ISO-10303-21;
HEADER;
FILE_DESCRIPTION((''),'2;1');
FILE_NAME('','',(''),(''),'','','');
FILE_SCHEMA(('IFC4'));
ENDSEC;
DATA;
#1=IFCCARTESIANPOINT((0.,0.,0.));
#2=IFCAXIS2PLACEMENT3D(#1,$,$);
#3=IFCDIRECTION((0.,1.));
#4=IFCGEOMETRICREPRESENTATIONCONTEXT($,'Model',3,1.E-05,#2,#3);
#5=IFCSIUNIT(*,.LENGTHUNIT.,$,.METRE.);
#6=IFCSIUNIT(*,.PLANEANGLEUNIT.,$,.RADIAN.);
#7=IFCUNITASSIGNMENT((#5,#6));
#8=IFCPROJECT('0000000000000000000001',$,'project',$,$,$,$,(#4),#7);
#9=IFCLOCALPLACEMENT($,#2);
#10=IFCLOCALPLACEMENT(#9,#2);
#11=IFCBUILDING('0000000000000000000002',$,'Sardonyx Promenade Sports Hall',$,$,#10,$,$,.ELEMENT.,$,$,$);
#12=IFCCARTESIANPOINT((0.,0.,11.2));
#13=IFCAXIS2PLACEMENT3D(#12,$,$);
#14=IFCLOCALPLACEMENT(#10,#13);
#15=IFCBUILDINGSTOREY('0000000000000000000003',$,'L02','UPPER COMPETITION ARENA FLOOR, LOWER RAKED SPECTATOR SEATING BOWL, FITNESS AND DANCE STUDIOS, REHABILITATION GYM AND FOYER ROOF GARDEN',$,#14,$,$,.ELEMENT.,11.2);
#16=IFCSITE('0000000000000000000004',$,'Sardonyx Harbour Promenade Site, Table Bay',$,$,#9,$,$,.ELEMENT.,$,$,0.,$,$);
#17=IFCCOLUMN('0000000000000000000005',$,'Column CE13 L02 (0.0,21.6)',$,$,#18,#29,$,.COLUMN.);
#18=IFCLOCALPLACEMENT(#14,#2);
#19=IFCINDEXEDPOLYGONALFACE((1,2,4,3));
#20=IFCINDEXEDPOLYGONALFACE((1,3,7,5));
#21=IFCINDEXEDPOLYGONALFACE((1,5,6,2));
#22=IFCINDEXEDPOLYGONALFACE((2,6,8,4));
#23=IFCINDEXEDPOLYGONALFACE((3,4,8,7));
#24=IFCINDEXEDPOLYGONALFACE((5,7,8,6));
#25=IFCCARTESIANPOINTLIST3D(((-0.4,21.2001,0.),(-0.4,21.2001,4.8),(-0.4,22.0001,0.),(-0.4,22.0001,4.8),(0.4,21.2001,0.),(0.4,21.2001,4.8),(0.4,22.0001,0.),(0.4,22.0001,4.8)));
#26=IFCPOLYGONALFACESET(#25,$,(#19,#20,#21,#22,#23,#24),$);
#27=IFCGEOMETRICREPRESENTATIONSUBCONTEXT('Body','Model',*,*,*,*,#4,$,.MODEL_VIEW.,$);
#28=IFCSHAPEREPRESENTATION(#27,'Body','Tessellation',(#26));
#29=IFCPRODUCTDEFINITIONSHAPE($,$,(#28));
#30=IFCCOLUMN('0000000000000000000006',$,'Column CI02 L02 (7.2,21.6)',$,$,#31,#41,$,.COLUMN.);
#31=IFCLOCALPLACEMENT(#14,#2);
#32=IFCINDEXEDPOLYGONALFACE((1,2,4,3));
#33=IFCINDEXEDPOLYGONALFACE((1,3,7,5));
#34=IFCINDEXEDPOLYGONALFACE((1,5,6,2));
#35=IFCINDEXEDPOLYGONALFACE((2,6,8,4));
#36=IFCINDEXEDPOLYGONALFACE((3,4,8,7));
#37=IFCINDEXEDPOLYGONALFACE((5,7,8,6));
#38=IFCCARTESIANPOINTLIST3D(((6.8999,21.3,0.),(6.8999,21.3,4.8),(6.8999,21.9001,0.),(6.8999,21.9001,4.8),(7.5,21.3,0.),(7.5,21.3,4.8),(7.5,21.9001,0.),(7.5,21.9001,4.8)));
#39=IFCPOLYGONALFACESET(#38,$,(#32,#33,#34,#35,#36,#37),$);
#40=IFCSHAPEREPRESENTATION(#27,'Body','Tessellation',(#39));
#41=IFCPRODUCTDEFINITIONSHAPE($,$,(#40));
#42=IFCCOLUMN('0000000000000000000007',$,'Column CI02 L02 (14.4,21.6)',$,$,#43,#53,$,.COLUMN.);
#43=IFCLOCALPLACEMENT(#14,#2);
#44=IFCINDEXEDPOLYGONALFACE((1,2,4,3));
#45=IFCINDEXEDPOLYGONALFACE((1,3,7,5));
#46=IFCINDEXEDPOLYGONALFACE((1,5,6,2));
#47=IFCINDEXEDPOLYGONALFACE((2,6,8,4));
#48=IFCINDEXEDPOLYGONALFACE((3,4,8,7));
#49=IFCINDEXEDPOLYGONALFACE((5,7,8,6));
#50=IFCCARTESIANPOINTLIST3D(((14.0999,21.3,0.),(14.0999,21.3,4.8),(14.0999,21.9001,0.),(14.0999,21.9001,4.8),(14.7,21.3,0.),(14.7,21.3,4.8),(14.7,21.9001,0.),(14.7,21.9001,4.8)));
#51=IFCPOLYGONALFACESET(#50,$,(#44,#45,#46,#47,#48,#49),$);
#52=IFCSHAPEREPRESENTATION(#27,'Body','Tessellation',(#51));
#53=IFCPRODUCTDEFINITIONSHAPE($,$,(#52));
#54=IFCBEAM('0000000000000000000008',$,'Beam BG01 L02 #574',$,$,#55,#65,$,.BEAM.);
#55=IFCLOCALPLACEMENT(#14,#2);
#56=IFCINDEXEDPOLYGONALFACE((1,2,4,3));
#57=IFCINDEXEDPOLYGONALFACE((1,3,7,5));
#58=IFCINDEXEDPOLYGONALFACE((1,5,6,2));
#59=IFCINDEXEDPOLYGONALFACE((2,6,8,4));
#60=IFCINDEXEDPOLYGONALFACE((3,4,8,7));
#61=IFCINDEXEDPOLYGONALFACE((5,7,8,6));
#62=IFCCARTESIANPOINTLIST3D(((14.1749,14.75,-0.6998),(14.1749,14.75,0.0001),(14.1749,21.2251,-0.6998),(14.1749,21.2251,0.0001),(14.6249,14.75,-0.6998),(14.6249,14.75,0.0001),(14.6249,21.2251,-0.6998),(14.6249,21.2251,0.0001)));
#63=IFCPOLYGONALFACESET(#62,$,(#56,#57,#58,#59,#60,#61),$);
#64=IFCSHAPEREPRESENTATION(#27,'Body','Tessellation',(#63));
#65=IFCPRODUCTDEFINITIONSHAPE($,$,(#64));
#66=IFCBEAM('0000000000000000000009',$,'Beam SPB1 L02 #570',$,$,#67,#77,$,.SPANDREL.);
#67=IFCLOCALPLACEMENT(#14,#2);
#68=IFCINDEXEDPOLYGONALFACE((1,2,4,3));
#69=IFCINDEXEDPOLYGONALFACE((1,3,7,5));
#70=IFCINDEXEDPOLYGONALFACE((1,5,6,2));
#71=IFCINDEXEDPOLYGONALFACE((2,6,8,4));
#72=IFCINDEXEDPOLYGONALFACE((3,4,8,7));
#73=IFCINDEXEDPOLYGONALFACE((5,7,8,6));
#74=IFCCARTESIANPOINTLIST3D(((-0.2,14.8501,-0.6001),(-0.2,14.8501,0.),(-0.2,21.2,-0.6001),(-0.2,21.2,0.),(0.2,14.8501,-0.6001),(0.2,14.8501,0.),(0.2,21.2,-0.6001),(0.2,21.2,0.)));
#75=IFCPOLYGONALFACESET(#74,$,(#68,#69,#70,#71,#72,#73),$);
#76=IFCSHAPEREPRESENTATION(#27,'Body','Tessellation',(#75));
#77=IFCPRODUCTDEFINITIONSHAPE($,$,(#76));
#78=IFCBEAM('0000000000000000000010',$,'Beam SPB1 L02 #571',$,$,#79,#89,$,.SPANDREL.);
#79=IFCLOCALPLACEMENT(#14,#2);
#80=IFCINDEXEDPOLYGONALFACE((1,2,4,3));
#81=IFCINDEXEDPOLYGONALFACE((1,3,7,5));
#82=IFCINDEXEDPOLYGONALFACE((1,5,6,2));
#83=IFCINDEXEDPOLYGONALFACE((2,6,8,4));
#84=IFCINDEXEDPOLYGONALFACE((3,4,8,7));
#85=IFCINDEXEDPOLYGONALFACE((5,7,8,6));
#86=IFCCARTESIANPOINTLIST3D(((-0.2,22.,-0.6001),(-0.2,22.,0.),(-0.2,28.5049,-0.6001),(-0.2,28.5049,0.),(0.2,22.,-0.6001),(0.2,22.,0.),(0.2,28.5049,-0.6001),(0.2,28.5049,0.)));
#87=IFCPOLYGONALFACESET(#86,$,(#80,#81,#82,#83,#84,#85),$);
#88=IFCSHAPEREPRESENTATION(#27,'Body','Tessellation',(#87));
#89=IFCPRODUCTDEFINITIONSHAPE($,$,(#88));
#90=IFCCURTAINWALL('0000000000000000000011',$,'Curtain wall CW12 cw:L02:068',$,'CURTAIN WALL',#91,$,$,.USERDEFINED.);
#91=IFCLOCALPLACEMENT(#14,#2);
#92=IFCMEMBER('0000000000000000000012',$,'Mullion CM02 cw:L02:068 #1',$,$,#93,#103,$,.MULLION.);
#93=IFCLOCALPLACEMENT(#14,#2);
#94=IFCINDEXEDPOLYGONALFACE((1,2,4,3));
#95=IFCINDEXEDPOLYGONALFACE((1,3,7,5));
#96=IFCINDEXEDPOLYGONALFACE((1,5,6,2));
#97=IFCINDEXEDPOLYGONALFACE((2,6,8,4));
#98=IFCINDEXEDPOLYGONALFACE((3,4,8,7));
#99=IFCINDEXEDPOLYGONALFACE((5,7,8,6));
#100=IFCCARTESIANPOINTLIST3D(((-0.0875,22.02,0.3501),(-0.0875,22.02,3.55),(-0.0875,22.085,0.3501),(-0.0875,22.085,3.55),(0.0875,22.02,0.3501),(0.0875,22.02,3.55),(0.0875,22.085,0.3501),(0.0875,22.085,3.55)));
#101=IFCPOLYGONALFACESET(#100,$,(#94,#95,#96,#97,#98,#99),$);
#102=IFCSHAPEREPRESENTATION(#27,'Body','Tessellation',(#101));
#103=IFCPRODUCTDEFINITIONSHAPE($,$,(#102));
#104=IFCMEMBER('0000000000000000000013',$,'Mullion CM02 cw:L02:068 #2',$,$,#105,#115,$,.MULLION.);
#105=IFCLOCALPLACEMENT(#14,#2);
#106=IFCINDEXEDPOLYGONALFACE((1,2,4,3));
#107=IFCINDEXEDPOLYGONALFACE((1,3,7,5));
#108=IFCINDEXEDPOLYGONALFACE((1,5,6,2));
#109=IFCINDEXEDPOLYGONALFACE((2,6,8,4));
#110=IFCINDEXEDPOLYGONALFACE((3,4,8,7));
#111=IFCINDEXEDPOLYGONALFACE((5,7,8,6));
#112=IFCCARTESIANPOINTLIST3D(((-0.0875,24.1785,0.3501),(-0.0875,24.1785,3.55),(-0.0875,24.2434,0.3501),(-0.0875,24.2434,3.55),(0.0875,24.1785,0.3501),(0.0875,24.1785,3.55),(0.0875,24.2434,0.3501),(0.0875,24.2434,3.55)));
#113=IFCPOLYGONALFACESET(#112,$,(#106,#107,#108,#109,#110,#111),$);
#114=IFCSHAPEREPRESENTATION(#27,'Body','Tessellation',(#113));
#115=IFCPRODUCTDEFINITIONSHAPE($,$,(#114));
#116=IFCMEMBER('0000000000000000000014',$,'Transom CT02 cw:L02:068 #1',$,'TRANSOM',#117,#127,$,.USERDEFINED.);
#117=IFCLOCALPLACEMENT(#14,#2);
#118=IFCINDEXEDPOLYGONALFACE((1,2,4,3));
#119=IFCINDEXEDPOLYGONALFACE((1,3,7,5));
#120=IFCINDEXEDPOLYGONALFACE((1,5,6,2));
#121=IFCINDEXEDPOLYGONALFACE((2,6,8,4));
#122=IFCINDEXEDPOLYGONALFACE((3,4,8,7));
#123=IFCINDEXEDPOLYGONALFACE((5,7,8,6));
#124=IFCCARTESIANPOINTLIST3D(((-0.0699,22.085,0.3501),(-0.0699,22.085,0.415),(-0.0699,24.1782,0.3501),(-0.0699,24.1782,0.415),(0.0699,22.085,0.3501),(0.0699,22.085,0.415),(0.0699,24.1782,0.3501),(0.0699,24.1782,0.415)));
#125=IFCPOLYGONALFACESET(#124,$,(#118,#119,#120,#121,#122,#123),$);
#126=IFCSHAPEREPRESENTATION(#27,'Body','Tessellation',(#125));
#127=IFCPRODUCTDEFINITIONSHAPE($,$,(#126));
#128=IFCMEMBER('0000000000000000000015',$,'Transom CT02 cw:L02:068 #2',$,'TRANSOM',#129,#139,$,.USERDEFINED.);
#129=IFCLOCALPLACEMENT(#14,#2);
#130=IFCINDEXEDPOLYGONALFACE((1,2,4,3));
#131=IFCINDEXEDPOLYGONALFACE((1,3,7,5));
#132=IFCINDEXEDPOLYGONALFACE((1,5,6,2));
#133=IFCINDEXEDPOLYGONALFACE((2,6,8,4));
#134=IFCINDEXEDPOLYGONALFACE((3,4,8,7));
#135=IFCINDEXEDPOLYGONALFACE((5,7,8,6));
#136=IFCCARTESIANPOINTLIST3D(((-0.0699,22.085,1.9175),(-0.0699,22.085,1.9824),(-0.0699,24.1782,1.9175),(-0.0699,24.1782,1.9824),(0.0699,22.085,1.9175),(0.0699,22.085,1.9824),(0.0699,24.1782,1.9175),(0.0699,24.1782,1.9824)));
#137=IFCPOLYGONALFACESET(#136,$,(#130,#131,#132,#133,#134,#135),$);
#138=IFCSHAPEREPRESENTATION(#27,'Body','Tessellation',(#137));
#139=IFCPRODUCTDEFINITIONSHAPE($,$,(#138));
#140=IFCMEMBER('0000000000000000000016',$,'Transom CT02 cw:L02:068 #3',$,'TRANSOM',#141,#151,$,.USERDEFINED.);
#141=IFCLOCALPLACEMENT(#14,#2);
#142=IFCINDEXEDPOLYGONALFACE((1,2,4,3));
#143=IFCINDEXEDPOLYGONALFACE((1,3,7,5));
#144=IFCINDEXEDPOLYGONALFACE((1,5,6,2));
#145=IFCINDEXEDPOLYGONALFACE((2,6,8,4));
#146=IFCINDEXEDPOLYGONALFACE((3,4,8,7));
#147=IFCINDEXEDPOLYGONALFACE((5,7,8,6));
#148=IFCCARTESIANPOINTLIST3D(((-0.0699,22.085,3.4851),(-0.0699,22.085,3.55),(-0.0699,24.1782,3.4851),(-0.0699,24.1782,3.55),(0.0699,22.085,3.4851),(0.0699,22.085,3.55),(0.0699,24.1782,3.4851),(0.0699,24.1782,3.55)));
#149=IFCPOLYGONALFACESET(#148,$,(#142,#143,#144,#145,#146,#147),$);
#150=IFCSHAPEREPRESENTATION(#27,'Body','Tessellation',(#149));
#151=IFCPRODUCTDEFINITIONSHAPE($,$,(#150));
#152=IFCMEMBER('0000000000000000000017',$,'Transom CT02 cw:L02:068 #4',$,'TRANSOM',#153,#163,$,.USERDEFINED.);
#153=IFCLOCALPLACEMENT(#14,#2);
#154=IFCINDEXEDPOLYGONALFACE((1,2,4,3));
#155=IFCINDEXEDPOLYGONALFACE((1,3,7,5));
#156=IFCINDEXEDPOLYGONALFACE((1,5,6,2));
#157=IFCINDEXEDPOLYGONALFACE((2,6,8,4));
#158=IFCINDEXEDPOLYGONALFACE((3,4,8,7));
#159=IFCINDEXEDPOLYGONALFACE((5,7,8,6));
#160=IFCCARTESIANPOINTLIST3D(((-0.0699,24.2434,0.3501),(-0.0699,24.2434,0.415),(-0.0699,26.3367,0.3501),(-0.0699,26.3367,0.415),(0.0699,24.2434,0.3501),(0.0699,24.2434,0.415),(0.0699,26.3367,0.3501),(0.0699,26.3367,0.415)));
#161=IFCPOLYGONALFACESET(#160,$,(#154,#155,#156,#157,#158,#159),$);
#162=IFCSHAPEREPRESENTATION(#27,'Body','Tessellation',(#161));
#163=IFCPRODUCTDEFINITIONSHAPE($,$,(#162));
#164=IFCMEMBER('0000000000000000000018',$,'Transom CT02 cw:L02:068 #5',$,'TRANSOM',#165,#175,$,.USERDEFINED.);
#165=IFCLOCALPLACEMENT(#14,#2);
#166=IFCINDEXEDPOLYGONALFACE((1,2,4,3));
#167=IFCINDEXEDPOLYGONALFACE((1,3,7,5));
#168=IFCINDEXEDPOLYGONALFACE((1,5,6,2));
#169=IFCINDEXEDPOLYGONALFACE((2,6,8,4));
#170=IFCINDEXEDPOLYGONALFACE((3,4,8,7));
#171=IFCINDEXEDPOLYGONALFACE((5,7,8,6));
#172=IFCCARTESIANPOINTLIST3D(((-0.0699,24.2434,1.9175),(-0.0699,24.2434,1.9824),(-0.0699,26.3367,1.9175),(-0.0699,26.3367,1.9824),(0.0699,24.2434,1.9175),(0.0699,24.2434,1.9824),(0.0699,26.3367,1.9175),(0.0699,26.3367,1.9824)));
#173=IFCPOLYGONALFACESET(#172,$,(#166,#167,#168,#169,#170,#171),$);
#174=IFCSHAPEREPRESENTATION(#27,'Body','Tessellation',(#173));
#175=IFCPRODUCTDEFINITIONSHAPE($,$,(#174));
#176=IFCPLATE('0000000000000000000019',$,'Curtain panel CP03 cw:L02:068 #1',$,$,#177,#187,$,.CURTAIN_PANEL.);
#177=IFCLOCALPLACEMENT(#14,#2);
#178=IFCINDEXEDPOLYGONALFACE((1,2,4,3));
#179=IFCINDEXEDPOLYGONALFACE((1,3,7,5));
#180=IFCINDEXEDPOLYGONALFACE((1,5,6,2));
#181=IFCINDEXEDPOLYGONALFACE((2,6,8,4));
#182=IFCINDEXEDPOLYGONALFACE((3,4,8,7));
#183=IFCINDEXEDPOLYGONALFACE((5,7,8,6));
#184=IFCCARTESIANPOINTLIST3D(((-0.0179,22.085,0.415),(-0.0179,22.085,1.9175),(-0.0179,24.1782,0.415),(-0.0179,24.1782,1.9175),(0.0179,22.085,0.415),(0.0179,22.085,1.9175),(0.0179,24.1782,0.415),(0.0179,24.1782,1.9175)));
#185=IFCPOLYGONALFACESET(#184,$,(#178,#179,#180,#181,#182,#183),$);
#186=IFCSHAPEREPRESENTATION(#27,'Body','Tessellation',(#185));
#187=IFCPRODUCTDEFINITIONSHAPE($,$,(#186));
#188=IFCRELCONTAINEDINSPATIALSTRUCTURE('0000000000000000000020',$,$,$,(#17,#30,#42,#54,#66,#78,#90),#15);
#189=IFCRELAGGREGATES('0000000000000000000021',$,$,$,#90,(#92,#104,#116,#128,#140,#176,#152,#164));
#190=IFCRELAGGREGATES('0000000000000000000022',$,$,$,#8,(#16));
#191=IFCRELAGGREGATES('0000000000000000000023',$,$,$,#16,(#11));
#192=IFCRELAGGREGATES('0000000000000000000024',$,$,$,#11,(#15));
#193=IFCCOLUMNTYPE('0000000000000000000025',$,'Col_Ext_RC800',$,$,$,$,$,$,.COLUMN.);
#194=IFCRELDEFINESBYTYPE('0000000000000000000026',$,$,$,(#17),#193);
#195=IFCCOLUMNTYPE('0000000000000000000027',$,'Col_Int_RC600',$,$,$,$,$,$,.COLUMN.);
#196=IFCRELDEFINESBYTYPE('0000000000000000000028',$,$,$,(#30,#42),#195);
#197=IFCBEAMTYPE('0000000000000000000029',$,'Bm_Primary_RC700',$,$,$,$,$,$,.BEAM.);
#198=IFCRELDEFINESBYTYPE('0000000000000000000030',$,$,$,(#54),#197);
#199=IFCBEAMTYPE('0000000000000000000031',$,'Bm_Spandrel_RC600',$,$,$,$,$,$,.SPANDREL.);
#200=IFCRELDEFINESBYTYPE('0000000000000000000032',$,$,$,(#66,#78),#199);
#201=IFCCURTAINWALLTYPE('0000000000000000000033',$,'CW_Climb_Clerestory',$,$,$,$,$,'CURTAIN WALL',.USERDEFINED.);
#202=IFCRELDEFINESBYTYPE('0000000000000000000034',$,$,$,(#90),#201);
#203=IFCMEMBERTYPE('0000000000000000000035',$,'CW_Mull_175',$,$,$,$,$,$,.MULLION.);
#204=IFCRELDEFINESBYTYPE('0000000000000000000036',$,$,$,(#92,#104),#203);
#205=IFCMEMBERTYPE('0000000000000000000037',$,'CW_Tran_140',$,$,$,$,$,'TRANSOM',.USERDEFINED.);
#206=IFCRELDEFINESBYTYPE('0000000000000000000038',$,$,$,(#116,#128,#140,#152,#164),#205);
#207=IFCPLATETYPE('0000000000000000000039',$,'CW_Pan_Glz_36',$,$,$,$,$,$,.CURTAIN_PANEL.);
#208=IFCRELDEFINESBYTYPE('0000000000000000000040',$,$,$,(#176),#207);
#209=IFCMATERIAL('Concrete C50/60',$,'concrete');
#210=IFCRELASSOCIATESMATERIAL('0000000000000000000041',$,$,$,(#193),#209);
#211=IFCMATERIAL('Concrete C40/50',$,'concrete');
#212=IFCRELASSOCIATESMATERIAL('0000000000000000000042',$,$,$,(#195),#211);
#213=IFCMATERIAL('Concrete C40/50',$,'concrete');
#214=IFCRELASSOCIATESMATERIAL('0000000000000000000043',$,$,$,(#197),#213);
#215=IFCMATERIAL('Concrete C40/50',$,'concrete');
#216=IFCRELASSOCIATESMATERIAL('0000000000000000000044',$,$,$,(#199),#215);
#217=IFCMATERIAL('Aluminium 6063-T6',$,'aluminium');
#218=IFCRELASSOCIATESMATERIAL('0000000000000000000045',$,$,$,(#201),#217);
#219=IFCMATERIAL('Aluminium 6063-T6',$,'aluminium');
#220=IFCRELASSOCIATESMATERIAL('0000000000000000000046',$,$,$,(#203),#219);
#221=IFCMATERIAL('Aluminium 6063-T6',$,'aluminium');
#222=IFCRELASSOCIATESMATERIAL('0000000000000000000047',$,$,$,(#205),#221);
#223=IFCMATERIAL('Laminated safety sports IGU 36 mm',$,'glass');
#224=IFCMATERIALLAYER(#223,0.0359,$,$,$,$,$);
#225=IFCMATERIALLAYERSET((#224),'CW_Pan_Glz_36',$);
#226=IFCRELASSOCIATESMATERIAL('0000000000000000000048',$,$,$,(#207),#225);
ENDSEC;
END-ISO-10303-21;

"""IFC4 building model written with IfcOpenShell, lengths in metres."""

from ifc_helpers import new_model, si_unit, direction, frame, origin, origin_2d, place, context, subcontext, project, spatial, rectangle, extrude, material, layer, layer_set, material_profile, profile_set, type_object, element, aggregate, save


model = new_model("IFC4")

# Units and contexts
model_context = context("Model", 3, precision=1e-05, world=origin(), true_north=direction((0.0, 1.0)))
body_context = subcontext(model_context, "Body", "Model", "MODEL_VIEW")
ifc_project = project(units=[si_unit("LENGTHUNIT", "METRE"), si_unit("PLANEANGLEUNIT", "RADIAN")], contexts=[model_context])

# Site, building, storey
site_placement = place(None, origin())
site = spatial("IfcSite", under=ifc_project, at=site_placement, Name="Sardonyx Harbour Promenade Site, Table Bay", CompositionType="ELEMENT", RefElevation=0.0)
building_placement = place(site_placement, origin())
building = spatial("IfcBuilding", under=site, at=building_placement, Name="Sardonyx Promenade Sports Hall", CompositionType="ELEMENT")
storey_placement = place(building_placement, frame((0.0, 0.0, 11.2)))
storey = spatial("IfcBuildingStorey", under=building, at=storey_placement, Name="L02", Description="UPPER COMPETITION ARENA FLOOR, LOWER RAKED SPECTATOR SEATING BOWL, FITNESS AND DANCE STUDIOS, REHABILITATION GYM AND FOYER ROOF GARDEN", CompositionType="ELEMENT", Elevation=11.2)

# Columns
ifc_material_1 = material(Name="Concrete C50/60", Category="concrete")
ifc_material_profile_1 = material_profile(ifc_material_1, rectangle(XDim=0.8, YDim=0.8, at=origin_2d()))
ifc_profile_set_1 = profile_set([ifc_material_profile_1], Name="Concrete C50/60")
column_type_1 = type_object("IfcColumnType", Name="Col_Ext_RC800", PredefinedType="COLUMN", material=ifc_profile_set_1)
column_placement = place(storey_placement, frame((0.0, 21.6001, 0.0), z_axis=(0.0, 0.0, 1.0), x_axis=(1.0, 0.0, 0.0)))
element("IfcColumn", 1, at=column_placement, inside=storey, type_object=column_type_1, Name="Column CE13 L02 (0.0,21.6)", PredefinedType="COLUMN", context=body_context, shape_type="SweptSolid", body=[
    extrude(rectangle(XDim=0.8, YDim=0.8, at=origin_2d()), origin(), (0.0, 0.0, 1.0), 4.8),
])
ifc_material_2 = material(Name="Concrete C40/50", Category="concrete")
ifc_material_profile_2 = material_profile(ifc_material_2, rectangle(XDim=0.6001, YDim=0.6001, at=origin_2d()))
ifc_profile_set_2 = profile_set([ifc_material_profile_2], Name="Concrete C40/50")
column_type_2 = type_object("IfcColumnType", Name="Col_Int_RC600", PredefinedType="COLUMN", material=ifc_profile_set_2)
for number, where, z_axis, x_axis, name in (
    (2, (7.2, 21.6001, 0.0), (0.0, 0.0, 1.0), (1.0, 0.0, 0.0), "Column CI02 L02 (7.2,21.6)"),
    (3, (14.3999, 21.6001, 0.0), (0.0, 0.0, 1.0), (1.0, 0.0, 0.0), "Column CI02 L02 (14.4,21.6)"),
):
    element("IfcColumn", number, at=place(storey_placement, frame(where, z_axis=z_axis, x_axis=x_axis)), inside=storey, type_object=column_type_2, Name=name, PredefinedType="COLUMN", context=body_context, shape_type="SweptSolid", body=[
        extrude(rectangle(XDim=0.6001, YDim=0.6001, at=origin_2d()), origin(), (0.0, 0.0, 1.0), 4.8),
    ])

# Beams
ifc_material_3 = material(Name="Concrete C40/50", Category="concrete")
ifc_material_profile_3 = material_profile(ifc_material_3, rectangle(XDim=0.45, YDim=0.7, at=origin_2d()))
ifc_profile_set_3 = profile_set([ifc_material_profile_3], Name="Concrete C40/50")
beam_type_1 = type_object("IfcBeamType", Name="Bm_Primary_RC700", PredefinedType="BEAM", material=ifc_profile_set_3)
beam_1_placement = place(storey_placement, frame((14.3999, 14.75, -0.3499), z_axis=(0.0, 1.0, 0.0), x_axis=(-1.0, 0.0, 0.0)))
element("IfcBeam", 4, at=beam_1_placement, inside=storey, type_object=beam_type_1, Name="Beam BG01 L02 #574", PredefinedType="BEAM", context=body_context, shape_type="SweptSolid", body=[
    extrude(rectangle(XDim=0.45, YDim=0.7, at=origin_2d()), origin(), (0.0, 0.0, 1.0), 6.4751),
])
ifc_material_4 = material(Name="Concrete C40/50", Category="concrete")
ifc_material_profile_4 = material_profile(ifc_material_4, rectangle(XDim=0.3999, YDim=0.6001, at=origin_2d()))
ifc_profile_set_4 = profile_set([ifc_material_profile_4], Name="Concrete C40/50")
beam_type_2 = type_object("IfcBeamType", Name="Bm_Spandrel_RC600", PredefinedType="SPANDREL", material=ifc_profile_set_4)
beam_2_placement = place(storey_placement, frame((0.0, 14.8501, -0.3), z_axis=(0.0, 1.0, 0.0), x_axis=(-1.0, 0.0, 0.0)))
element("IfcBeam", 5, at=beam_2_placement, inside=storey, type_object=beam_type_2, Name="Beam SPB1 L02 #570", PredefinedType="SPANDREL", context=body_context, shape_type="SweptSolid", body=[
    extrude(rectangle(XDim=0.3999, YDim=0.6001, at=origin_2d()), origin(), (0.0, 0.0, 1.0), 6.3499),
])
beam_3_placement = place(storey_placement, frame((0.0, 22.0, -0.3), z_axis=(0.0, 1.0, 0.0), x_axis=(-1.0, 0.0, 0.0)))
element("IfcBeam", 6, at=beam_3_placement, inside=storey, type_object=beam_type_2, Name="Beam SPB1 L02 #571", PredefinedType="SPANDREL", context=body_context, shape_type="SweptSolid", body=[
    extrude(rectangle(XDim=0.3999, YDim=0.6001, at=origin_2d()), origin(), (0.0, 0.0, 1.0), 6.5049),
])

# Curtain wall, members, plate
ifc_material_5 = material(Name="Aluminium 6063-T6", Category="aluminium")
curtain_wall_type = type_object("IfcCurtainWallType", Name="CW_Climb_Clerestory", ElementType="CURTAIN WALL", PredefinedType="USERDEFINED", material=ifc_material_5)
curtain_wall_placement = place(storey_placement, origin())
curtain_wall = element("IfcCurtainWall", 7, at=curtain_wall_placement, inside=storey, type_object=curtain_wall_type, Name="Curtain wall CW12 cw:L02:068", ObjectType="CURTAIN WALL", PredefinedType="USERDEFINED")
ifc_material_6 = material(Name="Aluminium 6063-T6", Category="aluminium")
ifc_material_profile_5 = material_profile(ifc_material_6, rectangle(XDim=0.0649, YDim=0.175, at=origin_2d()))
ifc_profile_set_5 = profile_set([ifc_material_profile_5], Name="Aluminium 6063-T6")
member_type_1 = type_object("IfcMemberType", Name="CW_Mull_175", PredefinedType="MULLION", material=ifc_profile_set_5)
member_1_placement = place(storey_placement, frame((0.0, 22.0525, 0.3501), z_axis=(0.0, 0.0, 1.0), x_axis=(0.0, 1.0, 0.0)))
member_1 = element("IfcMember", 8, at=member_1_placement, type_object=member_type_1, Name="Mullion CM02 cw:L02:068 #1", PredefinedType="MULLION", context=body_context, shape_type="SweptSolid", body=[
    extrude(rectangle(XDim=0.0649, YDim=0.175, at=origin_2d()), origin(), (0.0, 0.0, 1.0), 3.2),
])
member_2_placement = place(storey_placement, frame((0.0, 24.2109, 0.3501), z_axis=(0.0, 0.0, 1.0), x_axis=(0.0, 1.0, 0.0)))
member_2 = element("IfcMember", 9, at=member_2_placement, type_object=member_type_1, Name="Mullion CM02 cw:L02:068 #2", PredefinedType="MULLION", context=body_context, shape_type="SweptSolid", body=[
    extrude(rectangle(XDim=0.0649, YDim=0.175, at=origin_2d()), origin(), (0.0, 0.0, 1.0), 3.2),
])
ifc_material_7 = material(Name="Aluminium 6063-T6", Category="aluminium")
ifc_material_profile_6 = material_profile(ifc_material_7, rectangle(XDim=0.0649, YDim=0.1399, at=origin_2d()))
ifc_profile_set_6 = profile_set([ifc_material_profile_6], Name="Aluminium 6063-T6")
member_type_2 = type_object("IfcMemberType", Name="CW_Tran_140", ElementType="TRANSOM", PredefinedType="USERDEFINED", material=ifc_profile_set_6)
member_3_placement = place(storey_placement, frame((0.0, 22.085, 0.3826), z_axis=(0.0, 1.0, 0.0), x_axis=(0.0, 0.0, 1.0)))
member_3 = element("IfcMember", 10, at=member_3_placement, type_object=member_type_2, Name="Transom CT02 cw:L02:068 #1", ObjectType="TRANSOM", PredefinedType="USERDEFINED", context=body_context, shape_type="SweptSolid", body=[
    extrude(rectangle(XDim=0.0649, YDim=0.1399, at=origin_2d()), origin(), (0.0, 0.0, 1.0), 2.0933),
])
member_4_placement = place(storey_placement, frame((0.0, 22.085, 1.95), z_axis=(0.0, 1.0, 0.0), x_axis=(0.0, 0.0, 1.0)))
member_4 = element("IfcMember", 11, at=member_4_placement, type_object=member_type_2, Name="Transom CT02 cw:L02:068 #2", ObjectType="TRANSOM", PredefinedType="USERDEFINED", context=body_context, shape_type="SweptSolid", body=[
    extrude(rectangle(XDim=0.0649, YDim=0.1399, at=origin_2d()), origin(), (0.0, 0.0, 1.0), 2.0933),
])
member_5_placement = place(storey_placement, frame((0.0, 22.085, 3.5176), z_axis=(0.0, 1.0, 0.0), x_axis=(0.0, 0.0, 1.0)))
member_5 = element("IfcMember", 12, at=member_5_placement, type_object=member_type_2, Name="Transom CT02 cw:L02:068 #3", ObjectType="TRANSOM", PredefinedType="USERDEFINED", context=body_context, shape_type="SweptSolid", body=[
    extrude(rectangle(XDim=0.0649, YDim=0.1399, at=origin_2d()), origin(), (0.0, 0.0, 1.0), 2.0933),
])
member_6_placement = place(storey_placement, frame((0.0, 24.2434, 0.3826), z_axis=(0.0, 1.0, 0.0), x_axis=(0.0, 0.0, 1.0)))
member_6 = element("IfcMember", 13, at=member_6_placement, type_object=member_type_2, Name="Transom CT02 cw:L02:068 #4", ObjectType="TRANSOM", PredefinedType="USERDEFINED", context=body_context, shape_type="SweptSolid", body=[
    extrude(rectangle(XDim=0.0649, YDim=0.1399, at=origin_2d()), origin(), (0.0, 0.0, 1.0), 2.0933),
])
member_7_placement = place(storey_placement, frame((0.0, 24.2434, 1.95), z_axis=(0.0, 1.0, 0.0), x_axis=(0.0, 0.0, 1.0)))
member_7 = element("IfcMember", 14, at=member_7_placement, type_object=member_type_2, Name="Transom CT02 cw:L02:068 #5", ObjectType="TRANSOM", PredefinedType="USERDEFINED", context=body_context, shape_type="SweptSolid", body=[
    extrude(rectangle(XDim=0.0649, YDim=0.1399, at=origin_2d()), origin(), (0.0, 0.0, 1.0), 2.0933),
])
ifc_material_8 = material(Name="Laminated safety sports IGU 36 mm", Category="glass")
ifc_layer_1 = layer(ifc_material_8, 0.0359)
ifc_layer_set_1 = layer_set([ifc_layer_1], Name="CW_Pan_Glz_36")
plate_type = type_object("IfcPlateType", Name="CW_Pan_Glz_36", PredefinedType="CURTAIN_PANEL", material=ifc_layer_set_1)
plate_1_placement = place(storey_placement, frame((0.0, 23.1316, 0.415), z_axis=(0.0, 0.0, 1.0), x_axis=(0.0, 1.0, 0.0)))
plate_1 = element("IfcPlate", 15, at=plate_1_placement, type_object=plate_type, Name="Curtain panel CP03 cw:L02:068 #1", PredefinedType="CURTAIN_PANEL", context=body_context, shape_type="SweptSolid", body=[
    extrude(rectangle(XDim=2.0933, YDim=0.0359, at=origin_2d()), origin(), (0.0, 0.0, 1.0), 1.5024),
])
aggregate(curtain_wall, [member_1, member_2, member_3, member_4, member_5, plate_1, member_6, member_7])

save(model, "model.ifc")
